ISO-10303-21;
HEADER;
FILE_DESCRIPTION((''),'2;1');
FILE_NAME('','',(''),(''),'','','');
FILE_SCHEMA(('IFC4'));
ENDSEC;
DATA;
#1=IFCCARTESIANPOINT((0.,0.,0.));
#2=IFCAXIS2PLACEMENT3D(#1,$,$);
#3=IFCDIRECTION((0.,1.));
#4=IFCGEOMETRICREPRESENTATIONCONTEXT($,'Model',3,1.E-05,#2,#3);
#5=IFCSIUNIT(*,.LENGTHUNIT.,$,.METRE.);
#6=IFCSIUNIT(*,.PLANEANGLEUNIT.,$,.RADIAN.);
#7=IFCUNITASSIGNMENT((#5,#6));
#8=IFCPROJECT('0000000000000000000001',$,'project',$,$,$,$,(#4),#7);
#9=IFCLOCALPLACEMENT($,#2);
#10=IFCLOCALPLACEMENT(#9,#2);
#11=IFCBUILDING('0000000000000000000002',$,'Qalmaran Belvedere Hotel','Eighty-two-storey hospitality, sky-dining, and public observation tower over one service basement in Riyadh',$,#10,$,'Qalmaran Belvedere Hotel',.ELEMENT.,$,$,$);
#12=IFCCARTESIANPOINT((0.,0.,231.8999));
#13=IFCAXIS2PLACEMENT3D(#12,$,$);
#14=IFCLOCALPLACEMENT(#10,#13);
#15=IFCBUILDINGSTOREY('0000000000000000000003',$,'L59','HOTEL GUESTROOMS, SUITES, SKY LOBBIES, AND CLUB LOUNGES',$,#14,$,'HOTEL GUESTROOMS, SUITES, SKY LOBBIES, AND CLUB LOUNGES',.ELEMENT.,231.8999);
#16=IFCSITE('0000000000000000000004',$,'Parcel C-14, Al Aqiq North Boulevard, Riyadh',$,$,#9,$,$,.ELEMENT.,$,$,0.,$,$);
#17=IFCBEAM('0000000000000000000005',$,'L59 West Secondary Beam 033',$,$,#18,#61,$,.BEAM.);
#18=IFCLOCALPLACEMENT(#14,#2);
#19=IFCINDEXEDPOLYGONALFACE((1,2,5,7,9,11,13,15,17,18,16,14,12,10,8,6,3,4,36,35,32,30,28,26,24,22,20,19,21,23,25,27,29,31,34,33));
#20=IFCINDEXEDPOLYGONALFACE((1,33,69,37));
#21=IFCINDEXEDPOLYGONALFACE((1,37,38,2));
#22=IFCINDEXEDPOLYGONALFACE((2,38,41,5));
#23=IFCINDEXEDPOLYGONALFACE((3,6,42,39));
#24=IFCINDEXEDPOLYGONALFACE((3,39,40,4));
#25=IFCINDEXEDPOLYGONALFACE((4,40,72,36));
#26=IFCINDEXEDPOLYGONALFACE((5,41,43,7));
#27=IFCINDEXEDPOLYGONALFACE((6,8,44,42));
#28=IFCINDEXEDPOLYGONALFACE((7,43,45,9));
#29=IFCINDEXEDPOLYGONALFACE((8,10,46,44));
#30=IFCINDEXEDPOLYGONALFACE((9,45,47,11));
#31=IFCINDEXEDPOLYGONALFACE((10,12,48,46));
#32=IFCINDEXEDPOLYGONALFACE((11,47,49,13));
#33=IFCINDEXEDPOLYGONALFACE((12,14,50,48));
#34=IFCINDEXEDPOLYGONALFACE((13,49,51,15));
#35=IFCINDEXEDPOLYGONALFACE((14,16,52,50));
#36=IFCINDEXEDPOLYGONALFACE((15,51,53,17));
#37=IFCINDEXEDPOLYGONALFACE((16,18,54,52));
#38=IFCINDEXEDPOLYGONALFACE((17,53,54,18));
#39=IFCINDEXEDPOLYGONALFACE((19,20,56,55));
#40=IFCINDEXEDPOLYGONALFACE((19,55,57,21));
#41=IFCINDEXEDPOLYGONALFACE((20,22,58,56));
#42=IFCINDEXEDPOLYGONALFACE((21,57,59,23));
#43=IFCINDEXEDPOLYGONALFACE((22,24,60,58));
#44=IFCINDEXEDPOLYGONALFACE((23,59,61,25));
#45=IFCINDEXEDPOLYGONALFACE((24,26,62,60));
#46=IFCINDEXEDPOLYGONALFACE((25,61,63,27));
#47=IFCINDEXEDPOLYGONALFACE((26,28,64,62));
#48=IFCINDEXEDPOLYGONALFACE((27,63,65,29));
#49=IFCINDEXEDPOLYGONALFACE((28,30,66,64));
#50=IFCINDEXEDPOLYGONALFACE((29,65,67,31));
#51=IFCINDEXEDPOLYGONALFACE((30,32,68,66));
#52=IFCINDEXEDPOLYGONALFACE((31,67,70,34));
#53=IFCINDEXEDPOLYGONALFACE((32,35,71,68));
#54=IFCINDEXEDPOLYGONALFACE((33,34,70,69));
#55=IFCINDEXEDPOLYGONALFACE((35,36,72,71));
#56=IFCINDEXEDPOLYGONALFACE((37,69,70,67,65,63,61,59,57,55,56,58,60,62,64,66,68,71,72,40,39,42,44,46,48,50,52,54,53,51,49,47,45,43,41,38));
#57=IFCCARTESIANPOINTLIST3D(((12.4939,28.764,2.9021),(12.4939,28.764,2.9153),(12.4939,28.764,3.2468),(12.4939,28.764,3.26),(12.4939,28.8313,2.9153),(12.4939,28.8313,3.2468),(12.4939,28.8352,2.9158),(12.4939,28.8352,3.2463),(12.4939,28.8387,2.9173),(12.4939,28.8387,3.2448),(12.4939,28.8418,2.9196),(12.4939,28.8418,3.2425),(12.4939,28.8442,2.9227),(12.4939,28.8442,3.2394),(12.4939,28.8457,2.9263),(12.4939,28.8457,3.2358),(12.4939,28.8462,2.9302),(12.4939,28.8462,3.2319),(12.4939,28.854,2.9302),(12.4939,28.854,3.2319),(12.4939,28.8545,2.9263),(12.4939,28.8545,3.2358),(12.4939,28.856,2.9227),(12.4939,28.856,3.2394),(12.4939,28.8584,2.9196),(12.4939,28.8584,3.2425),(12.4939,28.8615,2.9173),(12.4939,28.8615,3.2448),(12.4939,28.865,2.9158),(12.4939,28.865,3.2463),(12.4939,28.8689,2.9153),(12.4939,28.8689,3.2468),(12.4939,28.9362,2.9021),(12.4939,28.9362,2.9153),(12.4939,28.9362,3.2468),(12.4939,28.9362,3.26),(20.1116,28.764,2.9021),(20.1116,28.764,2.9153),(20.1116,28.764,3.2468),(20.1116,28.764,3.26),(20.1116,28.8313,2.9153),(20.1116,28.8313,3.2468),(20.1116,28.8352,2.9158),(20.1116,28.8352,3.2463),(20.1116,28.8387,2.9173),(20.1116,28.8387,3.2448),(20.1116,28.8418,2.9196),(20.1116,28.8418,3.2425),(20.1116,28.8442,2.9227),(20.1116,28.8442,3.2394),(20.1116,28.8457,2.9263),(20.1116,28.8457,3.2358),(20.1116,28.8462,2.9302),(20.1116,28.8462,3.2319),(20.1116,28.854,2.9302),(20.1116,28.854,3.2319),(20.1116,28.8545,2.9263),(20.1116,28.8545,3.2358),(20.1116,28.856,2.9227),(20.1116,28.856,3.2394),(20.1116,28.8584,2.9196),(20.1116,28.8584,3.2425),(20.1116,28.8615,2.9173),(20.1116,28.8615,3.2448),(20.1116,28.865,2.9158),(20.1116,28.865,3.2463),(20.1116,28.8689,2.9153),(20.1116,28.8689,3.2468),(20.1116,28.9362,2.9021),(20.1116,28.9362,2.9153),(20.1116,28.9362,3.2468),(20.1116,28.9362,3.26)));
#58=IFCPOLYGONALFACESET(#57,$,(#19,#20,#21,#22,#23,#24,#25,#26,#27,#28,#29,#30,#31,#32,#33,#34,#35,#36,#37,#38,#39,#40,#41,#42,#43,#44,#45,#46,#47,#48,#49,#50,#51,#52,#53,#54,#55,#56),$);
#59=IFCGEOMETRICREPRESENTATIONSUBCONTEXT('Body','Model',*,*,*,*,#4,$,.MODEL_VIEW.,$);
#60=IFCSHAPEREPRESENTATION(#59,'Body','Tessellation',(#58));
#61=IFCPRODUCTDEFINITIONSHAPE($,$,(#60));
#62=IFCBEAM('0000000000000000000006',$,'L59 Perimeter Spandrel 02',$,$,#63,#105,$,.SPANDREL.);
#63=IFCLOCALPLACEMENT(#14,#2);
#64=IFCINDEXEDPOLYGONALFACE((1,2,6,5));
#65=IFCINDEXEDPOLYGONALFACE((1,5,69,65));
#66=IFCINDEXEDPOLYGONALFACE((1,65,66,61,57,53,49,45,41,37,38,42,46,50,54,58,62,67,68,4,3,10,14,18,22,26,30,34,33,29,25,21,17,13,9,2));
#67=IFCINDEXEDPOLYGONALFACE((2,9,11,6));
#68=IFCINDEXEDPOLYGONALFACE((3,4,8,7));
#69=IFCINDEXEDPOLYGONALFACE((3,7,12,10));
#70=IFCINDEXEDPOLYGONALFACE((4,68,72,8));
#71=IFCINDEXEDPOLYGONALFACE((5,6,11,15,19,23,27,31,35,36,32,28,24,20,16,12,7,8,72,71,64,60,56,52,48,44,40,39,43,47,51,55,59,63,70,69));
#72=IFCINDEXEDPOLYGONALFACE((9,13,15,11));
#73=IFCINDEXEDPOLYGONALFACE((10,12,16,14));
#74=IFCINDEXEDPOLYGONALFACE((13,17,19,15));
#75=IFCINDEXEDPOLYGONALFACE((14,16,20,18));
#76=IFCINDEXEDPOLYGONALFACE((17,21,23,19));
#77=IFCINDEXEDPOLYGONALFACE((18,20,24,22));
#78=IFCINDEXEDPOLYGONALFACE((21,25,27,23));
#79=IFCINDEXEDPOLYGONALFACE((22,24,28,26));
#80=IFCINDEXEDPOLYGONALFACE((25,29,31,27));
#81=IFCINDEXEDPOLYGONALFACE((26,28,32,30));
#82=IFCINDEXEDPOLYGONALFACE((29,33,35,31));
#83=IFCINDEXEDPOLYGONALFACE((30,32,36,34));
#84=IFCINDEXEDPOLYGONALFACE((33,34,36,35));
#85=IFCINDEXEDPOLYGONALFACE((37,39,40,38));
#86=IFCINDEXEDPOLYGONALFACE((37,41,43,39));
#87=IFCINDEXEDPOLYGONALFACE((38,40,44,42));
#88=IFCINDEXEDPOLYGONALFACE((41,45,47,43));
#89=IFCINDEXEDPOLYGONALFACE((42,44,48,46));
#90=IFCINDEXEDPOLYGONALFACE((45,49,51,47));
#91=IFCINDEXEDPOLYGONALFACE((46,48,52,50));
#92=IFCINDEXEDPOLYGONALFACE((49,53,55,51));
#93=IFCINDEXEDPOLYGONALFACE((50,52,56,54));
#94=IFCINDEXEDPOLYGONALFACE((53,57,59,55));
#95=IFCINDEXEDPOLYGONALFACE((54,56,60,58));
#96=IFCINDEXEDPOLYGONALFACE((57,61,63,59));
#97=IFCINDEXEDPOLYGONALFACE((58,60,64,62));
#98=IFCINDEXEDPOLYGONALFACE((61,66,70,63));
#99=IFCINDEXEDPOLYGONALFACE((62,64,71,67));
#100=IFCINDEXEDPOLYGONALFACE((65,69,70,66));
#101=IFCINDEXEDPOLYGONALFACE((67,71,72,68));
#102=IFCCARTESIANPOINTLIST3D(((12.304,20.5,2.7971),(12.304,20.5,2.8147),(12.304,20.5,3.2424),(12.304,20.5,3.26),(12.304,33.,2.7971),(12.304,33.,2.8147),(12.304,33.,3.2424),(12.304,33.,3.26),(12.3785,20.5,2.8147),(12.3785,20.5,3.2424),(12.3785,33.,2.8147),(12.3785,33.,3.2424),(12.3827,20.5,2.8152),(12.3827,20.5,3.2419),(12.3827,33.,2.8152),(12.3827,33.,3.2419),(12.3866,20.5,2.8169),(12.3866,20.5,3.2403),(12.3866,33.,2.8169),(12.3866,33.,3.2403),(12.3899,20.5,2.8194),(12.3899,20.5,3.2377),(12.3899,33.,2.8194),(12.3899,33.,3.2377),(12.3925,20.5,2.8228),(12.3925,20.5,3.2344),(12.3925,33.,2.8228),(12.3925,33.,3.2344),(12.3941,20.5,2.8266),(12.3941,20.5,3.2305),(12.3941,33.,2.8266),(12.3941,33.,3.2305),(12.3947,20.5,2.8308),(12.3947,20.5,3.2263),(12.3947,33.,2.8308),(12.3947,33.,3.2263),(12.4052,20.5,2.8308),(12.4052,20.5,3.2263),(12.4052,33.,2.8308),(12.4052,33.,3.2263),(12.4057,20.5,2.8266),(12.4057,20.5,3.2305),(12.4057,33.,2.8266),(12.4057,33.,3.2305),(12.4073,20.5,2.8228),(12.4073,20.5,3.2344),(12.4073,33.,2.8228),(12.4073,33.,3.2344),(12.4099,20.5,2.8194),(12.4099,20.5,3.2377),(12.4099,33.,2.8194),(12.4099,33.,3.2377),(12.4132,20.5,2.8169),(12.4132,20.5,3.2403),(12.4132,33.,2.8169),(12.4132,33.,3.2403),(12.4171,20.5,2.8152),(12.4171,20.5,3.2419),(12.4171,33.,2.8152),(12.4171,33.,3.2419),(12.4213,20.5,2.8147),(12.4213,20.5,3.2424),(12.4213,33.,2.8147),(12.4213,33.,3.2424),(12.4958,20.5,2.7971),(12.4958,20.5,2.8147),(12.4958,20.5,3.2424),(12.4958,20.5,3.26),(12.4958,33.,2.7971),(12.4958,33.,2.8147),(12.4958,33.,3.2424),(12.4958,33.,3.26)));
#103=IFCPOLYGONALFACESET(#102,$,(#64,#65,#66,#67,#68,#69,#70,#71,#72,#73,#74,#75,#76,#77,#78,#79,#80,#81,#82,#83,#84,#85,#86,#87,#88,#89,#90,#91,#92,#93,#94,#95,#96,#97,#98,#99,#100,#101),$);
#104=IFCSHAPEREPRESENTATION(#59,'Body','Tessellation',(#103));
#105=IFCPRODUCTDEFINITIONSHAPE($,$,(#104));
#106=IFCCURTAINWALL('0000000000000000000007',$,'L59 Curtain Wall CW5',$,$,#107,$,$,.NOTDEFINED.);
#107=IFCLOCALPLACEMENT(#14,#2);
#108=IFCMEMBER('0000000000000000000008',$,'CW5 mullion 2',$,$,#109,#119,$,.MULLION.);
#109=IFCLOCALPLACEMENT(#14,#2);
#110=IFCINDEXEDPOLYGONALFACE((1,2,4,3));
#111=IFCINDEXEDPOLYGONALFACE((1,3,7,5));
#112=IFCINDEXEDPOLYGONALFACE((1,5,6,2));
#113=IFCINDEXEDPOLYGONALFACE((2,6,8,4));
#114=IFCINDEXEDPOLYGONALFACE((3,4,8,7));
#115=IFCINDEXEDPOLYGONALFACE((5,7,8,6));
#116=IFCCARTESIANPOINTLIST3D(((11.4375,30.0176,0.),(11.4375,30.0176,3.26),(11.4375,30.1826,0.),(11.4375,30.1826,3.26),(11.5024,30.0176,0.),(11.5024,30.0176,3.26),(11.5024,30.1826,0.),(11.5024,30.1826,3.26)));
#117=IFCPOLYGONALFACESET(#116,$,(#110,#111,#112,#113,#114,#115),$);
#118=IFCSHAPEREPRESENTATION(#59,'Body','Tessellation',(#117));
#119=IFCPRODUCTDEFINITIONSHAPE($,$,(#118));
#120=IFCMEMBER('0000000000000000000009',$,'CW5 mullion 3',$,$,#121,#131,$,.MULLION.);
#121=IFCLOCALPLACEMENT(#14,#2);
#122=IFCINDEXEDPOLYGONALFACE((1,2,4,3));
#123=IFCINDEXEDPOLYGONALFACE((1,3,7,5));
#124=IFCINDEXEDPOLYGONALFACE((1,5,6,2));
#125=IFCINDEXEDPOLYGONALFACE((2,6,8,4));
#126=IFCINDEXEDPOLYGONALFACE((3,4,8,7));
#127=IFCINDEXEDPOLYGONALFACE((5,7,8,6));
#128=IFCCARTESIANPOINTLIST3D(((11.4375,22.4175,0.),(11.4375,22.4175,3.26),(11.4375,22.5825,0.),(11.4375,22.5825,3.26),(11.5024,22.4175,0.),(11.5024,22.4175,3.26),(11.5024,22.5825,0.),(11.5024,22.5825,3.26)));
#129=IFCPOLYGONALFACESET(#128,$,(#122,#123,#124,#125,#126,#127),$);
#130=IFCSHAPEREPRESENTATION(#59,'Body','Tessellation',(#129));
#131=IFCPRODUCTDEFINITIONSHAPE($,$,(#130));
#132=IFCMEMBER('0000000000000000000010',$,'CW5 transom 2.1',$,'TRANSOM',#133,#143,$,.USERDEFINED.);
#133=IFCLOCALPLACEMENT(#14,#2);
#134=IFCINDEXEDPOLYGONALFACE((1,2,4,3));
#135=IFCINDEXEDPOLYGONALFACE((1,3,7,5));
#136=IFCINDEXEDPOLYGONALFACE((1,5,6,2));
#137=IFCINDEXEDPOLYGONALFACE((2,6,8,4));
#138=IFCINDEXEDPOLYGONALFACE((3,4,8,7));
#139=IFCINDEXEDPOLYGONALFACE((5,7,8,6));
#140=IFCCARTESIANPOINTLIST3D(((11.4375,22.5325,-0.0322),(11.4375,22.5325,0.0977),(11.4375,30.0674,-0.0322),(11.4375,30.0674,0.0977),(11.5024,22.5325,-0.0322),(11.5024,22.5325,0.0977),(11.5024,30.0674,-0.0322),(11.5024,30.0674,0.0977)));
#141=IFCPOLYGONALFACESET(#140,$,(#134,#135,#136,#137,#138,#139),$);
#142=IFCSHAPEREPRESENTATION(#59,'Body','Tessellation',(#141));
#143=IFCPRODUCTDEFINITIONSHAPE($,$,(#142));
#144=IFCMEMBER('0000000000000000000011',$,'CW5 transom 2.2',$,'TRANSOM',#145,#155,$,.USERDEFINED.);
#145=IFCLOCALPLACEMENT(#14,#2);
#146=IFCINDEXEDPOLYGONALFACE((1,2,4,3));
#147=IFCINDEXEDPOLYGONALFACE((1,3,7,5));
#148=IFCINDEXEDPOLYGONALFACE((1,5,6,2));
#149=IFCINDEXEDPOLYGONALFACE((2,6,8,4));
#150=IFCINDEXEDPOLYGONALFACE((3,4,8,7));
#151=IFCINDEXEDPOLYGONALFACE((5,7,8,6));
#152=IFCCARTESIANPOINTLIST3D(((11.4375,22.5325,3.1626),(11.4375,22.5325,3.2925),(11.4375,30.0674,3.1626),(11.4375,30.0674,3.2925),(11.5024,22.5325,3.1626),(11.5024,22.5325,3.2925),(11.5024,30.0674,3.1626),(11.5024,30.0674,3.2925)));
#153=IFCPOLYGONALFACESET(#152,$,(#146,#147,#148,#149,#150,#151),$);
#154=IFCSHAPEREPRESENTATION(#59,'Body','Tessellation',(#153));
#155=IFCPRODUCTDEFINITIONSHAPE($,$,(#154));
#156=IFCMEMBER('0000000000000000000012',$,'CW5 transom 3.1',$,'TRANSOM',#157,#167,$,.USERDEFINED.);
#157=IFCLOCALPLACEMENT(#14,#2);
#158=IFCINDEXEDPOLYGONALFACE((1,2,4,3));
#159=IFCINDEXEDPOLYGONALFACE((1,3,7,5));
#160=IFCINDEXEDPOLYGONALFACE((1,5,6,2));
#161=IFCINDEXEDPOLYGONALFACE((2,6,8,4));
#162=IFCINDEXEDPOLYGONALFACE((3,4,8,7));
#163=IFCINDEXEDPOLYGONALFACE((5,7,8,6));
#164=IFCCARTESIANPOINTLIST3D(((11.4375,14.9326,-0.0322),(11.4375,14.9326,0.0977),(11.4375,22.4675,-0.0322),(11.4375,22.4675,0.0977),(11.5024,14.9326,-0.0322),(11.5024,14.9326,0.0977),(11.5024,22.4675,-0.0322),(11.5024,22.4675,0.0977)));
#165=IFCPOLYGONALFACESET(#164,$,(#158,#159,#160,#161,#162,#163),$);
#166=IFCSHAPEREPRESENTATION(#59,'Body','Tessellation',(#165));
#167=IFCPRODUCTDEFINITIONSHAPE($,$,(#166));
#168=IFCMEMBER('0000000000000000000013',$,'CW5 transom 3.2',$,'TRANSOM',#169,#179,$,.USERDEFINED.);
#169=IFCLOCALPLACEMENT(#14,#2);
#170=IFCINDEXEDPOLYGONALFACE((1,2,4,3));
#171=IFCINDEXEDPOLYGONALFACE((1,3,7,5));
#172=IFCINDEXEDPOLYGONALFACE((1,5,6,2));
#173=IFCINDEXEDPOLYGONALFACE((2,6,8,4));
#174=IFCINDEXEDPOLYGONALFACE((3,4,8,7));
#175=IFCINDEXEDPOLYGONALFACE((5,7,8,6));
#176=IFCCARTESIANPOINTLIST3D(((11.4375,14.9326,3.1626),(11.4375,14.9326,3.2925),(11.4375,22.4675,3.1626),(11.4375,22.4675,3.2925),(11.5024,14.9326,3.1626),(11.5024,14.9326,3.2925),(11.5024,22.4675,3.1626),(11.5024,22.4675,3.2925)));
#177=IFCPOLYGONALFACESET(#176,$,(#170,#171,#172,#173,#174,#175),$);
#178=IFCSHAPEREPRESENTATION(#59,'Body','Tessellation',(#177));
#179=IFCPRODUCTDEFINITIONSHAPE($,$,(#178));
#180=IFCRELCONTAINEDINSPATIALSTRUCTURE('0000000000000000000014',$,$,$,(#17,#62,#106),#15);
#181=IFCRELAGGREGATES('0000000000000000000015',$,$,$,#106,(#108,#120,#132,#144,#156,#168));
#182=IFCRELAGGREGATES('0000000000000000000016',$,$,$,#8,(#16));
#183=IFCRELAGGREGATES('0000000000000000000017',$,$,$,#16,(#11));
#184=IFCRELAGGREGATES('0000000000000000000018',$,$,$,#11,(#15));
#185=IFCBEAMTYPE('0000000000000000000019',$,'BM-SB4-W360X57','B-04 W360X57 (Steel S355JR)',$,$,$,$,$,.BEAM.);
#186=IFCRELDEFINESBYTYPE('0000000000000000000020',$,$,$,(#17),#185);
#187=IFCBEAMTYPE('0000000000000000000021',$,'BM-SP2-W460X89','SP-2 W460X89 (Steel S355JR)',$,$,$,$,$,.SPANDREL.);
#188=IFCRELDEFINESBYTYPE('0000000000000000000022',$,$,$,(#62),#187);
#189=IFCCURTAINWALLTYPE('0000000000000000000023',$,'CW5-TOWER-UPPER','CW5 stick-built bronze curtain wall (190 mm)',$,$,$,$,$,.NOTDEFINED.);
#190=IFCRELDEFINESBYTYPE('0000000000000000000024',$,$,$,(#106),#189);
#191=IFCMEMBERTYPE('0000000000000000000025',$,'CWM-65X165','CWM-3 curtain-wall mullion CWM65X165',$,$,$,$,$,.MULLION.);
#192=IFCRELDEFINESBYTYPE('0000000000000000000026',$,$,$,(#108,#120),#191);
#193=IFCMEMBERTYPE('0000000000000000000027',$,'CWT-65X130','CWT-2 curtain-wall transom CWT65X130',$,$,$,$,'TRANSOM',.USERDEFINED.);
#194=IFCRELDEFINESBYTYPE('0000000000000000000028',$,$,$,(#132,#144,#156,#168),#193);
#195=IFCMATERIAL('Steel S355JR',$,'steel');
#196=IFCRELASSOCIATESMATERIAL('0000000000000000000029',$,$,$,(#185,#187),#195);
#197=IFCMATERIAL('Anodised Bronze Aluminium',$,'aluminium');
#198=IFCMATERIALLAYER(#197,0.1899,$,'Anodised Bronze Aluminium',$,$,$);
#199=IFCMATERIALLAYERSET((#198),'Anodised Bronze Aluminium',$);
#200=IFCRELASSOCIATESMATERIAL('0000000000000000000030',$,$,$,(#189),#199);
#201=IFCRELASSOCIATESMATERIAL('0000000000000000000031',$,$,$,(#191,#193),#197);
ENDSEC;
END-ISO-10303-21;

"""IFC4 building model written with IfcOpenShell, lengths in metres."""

from ifc_helpers import new_model, si_unit, direction, frame, origin, origin_2d, place, context, subcontext, project, spatial, rectangle, i_section, extrude, material, layer, layer_set, material_profile, profile_set, type_object, element, aggregate, save


model = new_model("IFC4")

# Units and contexts
model_context = context("Model", 3, precision=1e-05, world=origin(), true_north=direction((0.0, 1.0)))
body_context = subcontext(model_context, "Body", "Model", "MODEL_VIEW")
ifc_project = project(units=[si_unit("LENGTHUNIT", "METRE"), si_unit("PLANEANGLEUNIT", "RADIAN")], contexts=[model_context])

# Site, building, storey
site_placement = place(None, origin())
site = spatial("IfcSite", under=ifc_project, at=site_placement, Name="Parcel C-14, Al Aqiq North Boulevard, Riyadh", CompositionType="ELEMENT", RefElevation=0.0)
building_placement = place(site_placement, origin())
building = spatial("IfcBuilding", under=site, at=building_placement, Name="Qalmaran Belvedere Hotel", Description="Eighty-two-storey hospitality, sky-dining, and public observation tower over one service basement in Riyadh", LongName="Qalmaran Belvedere Hotel", CompositionType="ELEMENT")
storey_placement = place(building_placement, frame((0.0, 0.0, 231.8999)))
storey = spatial("IfcBuildingStorey", under=building, at=storey_placement, Name="L59", Description="HOTEL GUESTROOMS, SUITES, SKY LOBBIES, AND CLUB LOUNGES", LongName="HOTEL GUESTROOMS, SUITES, SKY LOBBIES, AND CLUB LOUNGES", CompositionType="ELEMENT", Elevation=231.8999)

# Beams
ifc_material_1 = material(Name="Steel S355JR", Category="steel")
ifc_material_profile_1 = material_profile(ifc_material_1, i_section(OverallWidth=0.1721, OverallDepth=0.3579, WebThickness=0.0078, FlangeThickness=0.0132, FilletRadius=0.0149, at=origin_2d()), Name="W360X57")
ifc_profile_set_1 = profile_set([ifc_material_profile_1], Name="Steel S355JR")
beam_type_1 = type_object("IfcBeamType", Name="BM-SB4-W360X57", Description="B-04 W360X57 (Steel S355JR)", PredefinedType="BEAM", material=ifc_profile_set_1)
for number, where, z_axis, x_axis, name in (
    (1, (12.4939, 28.8501, 3.0811), (1.0, 0.0, 0.0), (0.0, 1.0, 0.0), "L59 West Secondary Beam 033"),
):
    element("IfcBeam", number, at=place(storey_placement, frame(where, z_axis=z_axis, x_axis=x_axis)), inside=storey, type_object=beam_type_1, Name=name, PredefinedType="BEAM", context=body_context, shape_type="SweptSolid", body=[
        extrude(i_section(OverallWidth=0.1721, OverallDepth=0.3579, WebThickness=0.0078, FlangeThickness=0.0132, FilletRadius=0.0149, at=origin_2d()), origin(), (0.0, 0.0, 1.0), 7.6177),
    ])
ifc_material_profile_2 = material_profile(ifc_material_1, i_section(OverallWidth=0.1919, OverallDepth=0.4629, WebThickness=0.0105, FlangeThickness=0.0176, FilletRadius=0.0161, at=origin_2d()), Name="W460X89")
ifc_profile_set_2 = profile_set([ifc_material_profile_2], Name="Steel S355JR")
beam_type_2 = type_object("IfcBeamType", Name="BM-SP2-W460X89", Description="SP-2 W460X89 (Steel S355JR)", PredefinedType="SPANDREL", material=ifc_profile_set_2)
beam_placement = place(storey_placement, frame((12.3999, 20.5, 3.0286), z_axis=(0.0, 1.0, 0.0), x_axis=(-1.0, 0.0, 0.0)))
element("IfcBeam", 2, at=beam_placement, inside=storey, type_object=beam_type_2, Name="L59 Perimeter Spandrel 02", PredefinedType="SPANDREL", context=body_context, shape_type="SweptSolid", body=[
    extrude(i_section(OverallWidth=0.1919, OverallDepth=0.4629, WebThickness=0.0105, FlangeThickness=0.0176, FilletRadius=0.0161, at=origin_2d()), origin(), (0.0, 0.0, 1.0), 12.5),
])

# Curtain wall, members
ifc_material_2 = material(Name="Anodised Bronze Aluminium", Category="aluminium")
ifc_layer_1 = layer(ifc_material_2, 0.1899, Name="Anodised Bronze Aluminium")
ifc_layer_set_1 = layer_set([ifc_layer_1], Name="Anodised Bronze Aluminium")
curtain_wall_type = type_object("IfcCurtainWallType", Name="CW5-TOWER-UPPER", Description="CW5 stick-built bronze curtain wall (190 mm)", PredefinedType="NOTDEFINED", material=ifc_layer_set_1)
curtain_wall_placement = place(storey_placement, origin())
curtain_wall = element("IfcCurtainWall", 3, at=curtain_wall_placement, inside=storey, type_object=curtain_wall_type, Name="L59 Curtain Wall CW5", PredefinedType="NOTDEFINED")
ifc_material_profile_3 = material_profile(ifc_material_2, rectangle(XDim=0.0649, YDim=0.165, at=origin_2d()), Name="CWM65X165")
ifc_profile_set_3 = profile_set([ifc_material_profile_3], Name="Anodised Bronze Aluminium")
member_type_1 = type_object("IfcMemberType", Name="CWM-65X165", Description="CWM-3 curtain-wall mullion CWM65X165", PredefinedType="MULLION", material=ifc_profile_set_3)
member_1_placement = place(storey_placement, frame((11.47, 30.1001, 0.0), z_axis=(0.0, 0.0, 1.0), x_axis=(1.0, 0.0, 0.0)))
member_1 = element("IfcMember", 4, at=member_1_placement, type_object=member_type_1, Name="CW5 mullion 2", PredefinedType="MULLION", context=body_context, shape_type="SweptSolid", body=[
    extrude(rectangle(XDim=0.0649, YDim=0.165, at=origin_2d()), origin(), (0.0, 0.0, 1.0), 3.26),
])
member_2_placement = place(storey_placement, frame((11.47, 22.5, 0.0), z_axis=(0.0, 0.0, 1.0), x_axis=(1.0, 0.0, 0.0)))
member_2 = element("IfcMember", 5, at=member_2_placement, type_object=member_type_1, Name="CW5 mullion 3", PredefinedType="MULLION", context=body_context, shape_type="SweptSolid", body=[
    extrude(rectangle(XDim=0.0649, YDim=0.165, at=origin_2d()), origin(), (0.0, 0.0, 1.0), 3.26),
])
ifc_material_profile_4 = material_profile(ifc_material_2, rectangle(XDim=0.0649, YDim=0.1299, at=origin_2d()), Name="CWT65X130")
ifc_profile_set_4 = profile_set([ifc_material_profile_4], Name="Anodised Bronze Aluminium")
member_type_2 = type_object("IfcMemberType", Name="CWT-65X130", Description="CWT-2 curtain-wall transom CWT65X130", ElementType="TRANSOM", PredefinedType="USERDEFINED", material=ifc_profile_set_4)
member_3_placement = place(storey_placement, frame((11.47, 30.0674, 0.0327), z_axis=(0.0, -1.0, 0.0), x_axis=(1.0, 0.0, 0.0)))
member_3 = element("IfcMember", 6, at=member_3_placement, type_object=member_type_2, Name="CW5 transom 2.1", ObjectType="TRANSOM", PredefinedType="USERDEFINED", context=body_context, shape_type="SweptSolid", body=[
    extrude(rectangle(XDim=0.0649, YDim=0.1299, at=origin_2d()), origin(), (0.0, 0.0, 1.0), 7.5349),
])
member_4_placement = place(storey_placement, frame((11.47, 30.0674, 3.2275), z_axis=(0.0, -1.0, 0.0), x_axis=(1.0, 0.0, 0.0)))
member_4 = element("IfcMember", 7, at=member_4_placement, type_object=member_type_2, Name="CW5 transom 2.2", ObjectType="TRANSOM", PredefinedType="USERDEFINED", context=body_context, shape_type="SweptSolid", body=[
    extrude(rectangle(XDim=0.0649, YDim=0.1299, at=origin_2d()), origin(), (0.0, 0.0, 1.0), 7.5349),
])
member_5_placement = place(storey_placement, frame((11.47, 22.4675, 0.0327), z_axis=(0.0, -1.0, 0.0), x_axis=(1.0, 0.0, 0.0)))
member_5 = element("IfcMember", 8, at=member_5_placement, type_object=member_type_2, Name="CW5 transom 3.1", ObjectType="TRANSOM", PredefinedType="USERDEFINED", context=body_context, shape_type="SweptSolid", body=[
    extrude(rectangle(XDim=0.0649, YDim=0.1299, at=origin_2d()), origin(), (0.0, 0.0, 1.0), 7.5349),
])
member_6_placement = place(storey_placement, frame((11.47, 22.4675, 3.2275), z_axis=(0.0, -1.0, 0.0), x_axis=(1.0, 0.0, 0.0)))
member_6 = element("IfcMember", 9, at=member_6_placement, type_object=member_type_2, Name="CW5 transom 3.2", ObjectType="TRANSOM", PredefinedType="USERDEFINED", context=body_context, shape_type="SweptSolid", body=[
    extrude(rectangle(XDim=0.0649, YDim=0.1299, at=origin_2d()), origin(), (0.0, 0.0, 1.0), 7.5349),
])
aggregate(curtain_wall, [member_1, member_2, member_3, member_4, member_5, member_6])

save(model, "model.ifc")
